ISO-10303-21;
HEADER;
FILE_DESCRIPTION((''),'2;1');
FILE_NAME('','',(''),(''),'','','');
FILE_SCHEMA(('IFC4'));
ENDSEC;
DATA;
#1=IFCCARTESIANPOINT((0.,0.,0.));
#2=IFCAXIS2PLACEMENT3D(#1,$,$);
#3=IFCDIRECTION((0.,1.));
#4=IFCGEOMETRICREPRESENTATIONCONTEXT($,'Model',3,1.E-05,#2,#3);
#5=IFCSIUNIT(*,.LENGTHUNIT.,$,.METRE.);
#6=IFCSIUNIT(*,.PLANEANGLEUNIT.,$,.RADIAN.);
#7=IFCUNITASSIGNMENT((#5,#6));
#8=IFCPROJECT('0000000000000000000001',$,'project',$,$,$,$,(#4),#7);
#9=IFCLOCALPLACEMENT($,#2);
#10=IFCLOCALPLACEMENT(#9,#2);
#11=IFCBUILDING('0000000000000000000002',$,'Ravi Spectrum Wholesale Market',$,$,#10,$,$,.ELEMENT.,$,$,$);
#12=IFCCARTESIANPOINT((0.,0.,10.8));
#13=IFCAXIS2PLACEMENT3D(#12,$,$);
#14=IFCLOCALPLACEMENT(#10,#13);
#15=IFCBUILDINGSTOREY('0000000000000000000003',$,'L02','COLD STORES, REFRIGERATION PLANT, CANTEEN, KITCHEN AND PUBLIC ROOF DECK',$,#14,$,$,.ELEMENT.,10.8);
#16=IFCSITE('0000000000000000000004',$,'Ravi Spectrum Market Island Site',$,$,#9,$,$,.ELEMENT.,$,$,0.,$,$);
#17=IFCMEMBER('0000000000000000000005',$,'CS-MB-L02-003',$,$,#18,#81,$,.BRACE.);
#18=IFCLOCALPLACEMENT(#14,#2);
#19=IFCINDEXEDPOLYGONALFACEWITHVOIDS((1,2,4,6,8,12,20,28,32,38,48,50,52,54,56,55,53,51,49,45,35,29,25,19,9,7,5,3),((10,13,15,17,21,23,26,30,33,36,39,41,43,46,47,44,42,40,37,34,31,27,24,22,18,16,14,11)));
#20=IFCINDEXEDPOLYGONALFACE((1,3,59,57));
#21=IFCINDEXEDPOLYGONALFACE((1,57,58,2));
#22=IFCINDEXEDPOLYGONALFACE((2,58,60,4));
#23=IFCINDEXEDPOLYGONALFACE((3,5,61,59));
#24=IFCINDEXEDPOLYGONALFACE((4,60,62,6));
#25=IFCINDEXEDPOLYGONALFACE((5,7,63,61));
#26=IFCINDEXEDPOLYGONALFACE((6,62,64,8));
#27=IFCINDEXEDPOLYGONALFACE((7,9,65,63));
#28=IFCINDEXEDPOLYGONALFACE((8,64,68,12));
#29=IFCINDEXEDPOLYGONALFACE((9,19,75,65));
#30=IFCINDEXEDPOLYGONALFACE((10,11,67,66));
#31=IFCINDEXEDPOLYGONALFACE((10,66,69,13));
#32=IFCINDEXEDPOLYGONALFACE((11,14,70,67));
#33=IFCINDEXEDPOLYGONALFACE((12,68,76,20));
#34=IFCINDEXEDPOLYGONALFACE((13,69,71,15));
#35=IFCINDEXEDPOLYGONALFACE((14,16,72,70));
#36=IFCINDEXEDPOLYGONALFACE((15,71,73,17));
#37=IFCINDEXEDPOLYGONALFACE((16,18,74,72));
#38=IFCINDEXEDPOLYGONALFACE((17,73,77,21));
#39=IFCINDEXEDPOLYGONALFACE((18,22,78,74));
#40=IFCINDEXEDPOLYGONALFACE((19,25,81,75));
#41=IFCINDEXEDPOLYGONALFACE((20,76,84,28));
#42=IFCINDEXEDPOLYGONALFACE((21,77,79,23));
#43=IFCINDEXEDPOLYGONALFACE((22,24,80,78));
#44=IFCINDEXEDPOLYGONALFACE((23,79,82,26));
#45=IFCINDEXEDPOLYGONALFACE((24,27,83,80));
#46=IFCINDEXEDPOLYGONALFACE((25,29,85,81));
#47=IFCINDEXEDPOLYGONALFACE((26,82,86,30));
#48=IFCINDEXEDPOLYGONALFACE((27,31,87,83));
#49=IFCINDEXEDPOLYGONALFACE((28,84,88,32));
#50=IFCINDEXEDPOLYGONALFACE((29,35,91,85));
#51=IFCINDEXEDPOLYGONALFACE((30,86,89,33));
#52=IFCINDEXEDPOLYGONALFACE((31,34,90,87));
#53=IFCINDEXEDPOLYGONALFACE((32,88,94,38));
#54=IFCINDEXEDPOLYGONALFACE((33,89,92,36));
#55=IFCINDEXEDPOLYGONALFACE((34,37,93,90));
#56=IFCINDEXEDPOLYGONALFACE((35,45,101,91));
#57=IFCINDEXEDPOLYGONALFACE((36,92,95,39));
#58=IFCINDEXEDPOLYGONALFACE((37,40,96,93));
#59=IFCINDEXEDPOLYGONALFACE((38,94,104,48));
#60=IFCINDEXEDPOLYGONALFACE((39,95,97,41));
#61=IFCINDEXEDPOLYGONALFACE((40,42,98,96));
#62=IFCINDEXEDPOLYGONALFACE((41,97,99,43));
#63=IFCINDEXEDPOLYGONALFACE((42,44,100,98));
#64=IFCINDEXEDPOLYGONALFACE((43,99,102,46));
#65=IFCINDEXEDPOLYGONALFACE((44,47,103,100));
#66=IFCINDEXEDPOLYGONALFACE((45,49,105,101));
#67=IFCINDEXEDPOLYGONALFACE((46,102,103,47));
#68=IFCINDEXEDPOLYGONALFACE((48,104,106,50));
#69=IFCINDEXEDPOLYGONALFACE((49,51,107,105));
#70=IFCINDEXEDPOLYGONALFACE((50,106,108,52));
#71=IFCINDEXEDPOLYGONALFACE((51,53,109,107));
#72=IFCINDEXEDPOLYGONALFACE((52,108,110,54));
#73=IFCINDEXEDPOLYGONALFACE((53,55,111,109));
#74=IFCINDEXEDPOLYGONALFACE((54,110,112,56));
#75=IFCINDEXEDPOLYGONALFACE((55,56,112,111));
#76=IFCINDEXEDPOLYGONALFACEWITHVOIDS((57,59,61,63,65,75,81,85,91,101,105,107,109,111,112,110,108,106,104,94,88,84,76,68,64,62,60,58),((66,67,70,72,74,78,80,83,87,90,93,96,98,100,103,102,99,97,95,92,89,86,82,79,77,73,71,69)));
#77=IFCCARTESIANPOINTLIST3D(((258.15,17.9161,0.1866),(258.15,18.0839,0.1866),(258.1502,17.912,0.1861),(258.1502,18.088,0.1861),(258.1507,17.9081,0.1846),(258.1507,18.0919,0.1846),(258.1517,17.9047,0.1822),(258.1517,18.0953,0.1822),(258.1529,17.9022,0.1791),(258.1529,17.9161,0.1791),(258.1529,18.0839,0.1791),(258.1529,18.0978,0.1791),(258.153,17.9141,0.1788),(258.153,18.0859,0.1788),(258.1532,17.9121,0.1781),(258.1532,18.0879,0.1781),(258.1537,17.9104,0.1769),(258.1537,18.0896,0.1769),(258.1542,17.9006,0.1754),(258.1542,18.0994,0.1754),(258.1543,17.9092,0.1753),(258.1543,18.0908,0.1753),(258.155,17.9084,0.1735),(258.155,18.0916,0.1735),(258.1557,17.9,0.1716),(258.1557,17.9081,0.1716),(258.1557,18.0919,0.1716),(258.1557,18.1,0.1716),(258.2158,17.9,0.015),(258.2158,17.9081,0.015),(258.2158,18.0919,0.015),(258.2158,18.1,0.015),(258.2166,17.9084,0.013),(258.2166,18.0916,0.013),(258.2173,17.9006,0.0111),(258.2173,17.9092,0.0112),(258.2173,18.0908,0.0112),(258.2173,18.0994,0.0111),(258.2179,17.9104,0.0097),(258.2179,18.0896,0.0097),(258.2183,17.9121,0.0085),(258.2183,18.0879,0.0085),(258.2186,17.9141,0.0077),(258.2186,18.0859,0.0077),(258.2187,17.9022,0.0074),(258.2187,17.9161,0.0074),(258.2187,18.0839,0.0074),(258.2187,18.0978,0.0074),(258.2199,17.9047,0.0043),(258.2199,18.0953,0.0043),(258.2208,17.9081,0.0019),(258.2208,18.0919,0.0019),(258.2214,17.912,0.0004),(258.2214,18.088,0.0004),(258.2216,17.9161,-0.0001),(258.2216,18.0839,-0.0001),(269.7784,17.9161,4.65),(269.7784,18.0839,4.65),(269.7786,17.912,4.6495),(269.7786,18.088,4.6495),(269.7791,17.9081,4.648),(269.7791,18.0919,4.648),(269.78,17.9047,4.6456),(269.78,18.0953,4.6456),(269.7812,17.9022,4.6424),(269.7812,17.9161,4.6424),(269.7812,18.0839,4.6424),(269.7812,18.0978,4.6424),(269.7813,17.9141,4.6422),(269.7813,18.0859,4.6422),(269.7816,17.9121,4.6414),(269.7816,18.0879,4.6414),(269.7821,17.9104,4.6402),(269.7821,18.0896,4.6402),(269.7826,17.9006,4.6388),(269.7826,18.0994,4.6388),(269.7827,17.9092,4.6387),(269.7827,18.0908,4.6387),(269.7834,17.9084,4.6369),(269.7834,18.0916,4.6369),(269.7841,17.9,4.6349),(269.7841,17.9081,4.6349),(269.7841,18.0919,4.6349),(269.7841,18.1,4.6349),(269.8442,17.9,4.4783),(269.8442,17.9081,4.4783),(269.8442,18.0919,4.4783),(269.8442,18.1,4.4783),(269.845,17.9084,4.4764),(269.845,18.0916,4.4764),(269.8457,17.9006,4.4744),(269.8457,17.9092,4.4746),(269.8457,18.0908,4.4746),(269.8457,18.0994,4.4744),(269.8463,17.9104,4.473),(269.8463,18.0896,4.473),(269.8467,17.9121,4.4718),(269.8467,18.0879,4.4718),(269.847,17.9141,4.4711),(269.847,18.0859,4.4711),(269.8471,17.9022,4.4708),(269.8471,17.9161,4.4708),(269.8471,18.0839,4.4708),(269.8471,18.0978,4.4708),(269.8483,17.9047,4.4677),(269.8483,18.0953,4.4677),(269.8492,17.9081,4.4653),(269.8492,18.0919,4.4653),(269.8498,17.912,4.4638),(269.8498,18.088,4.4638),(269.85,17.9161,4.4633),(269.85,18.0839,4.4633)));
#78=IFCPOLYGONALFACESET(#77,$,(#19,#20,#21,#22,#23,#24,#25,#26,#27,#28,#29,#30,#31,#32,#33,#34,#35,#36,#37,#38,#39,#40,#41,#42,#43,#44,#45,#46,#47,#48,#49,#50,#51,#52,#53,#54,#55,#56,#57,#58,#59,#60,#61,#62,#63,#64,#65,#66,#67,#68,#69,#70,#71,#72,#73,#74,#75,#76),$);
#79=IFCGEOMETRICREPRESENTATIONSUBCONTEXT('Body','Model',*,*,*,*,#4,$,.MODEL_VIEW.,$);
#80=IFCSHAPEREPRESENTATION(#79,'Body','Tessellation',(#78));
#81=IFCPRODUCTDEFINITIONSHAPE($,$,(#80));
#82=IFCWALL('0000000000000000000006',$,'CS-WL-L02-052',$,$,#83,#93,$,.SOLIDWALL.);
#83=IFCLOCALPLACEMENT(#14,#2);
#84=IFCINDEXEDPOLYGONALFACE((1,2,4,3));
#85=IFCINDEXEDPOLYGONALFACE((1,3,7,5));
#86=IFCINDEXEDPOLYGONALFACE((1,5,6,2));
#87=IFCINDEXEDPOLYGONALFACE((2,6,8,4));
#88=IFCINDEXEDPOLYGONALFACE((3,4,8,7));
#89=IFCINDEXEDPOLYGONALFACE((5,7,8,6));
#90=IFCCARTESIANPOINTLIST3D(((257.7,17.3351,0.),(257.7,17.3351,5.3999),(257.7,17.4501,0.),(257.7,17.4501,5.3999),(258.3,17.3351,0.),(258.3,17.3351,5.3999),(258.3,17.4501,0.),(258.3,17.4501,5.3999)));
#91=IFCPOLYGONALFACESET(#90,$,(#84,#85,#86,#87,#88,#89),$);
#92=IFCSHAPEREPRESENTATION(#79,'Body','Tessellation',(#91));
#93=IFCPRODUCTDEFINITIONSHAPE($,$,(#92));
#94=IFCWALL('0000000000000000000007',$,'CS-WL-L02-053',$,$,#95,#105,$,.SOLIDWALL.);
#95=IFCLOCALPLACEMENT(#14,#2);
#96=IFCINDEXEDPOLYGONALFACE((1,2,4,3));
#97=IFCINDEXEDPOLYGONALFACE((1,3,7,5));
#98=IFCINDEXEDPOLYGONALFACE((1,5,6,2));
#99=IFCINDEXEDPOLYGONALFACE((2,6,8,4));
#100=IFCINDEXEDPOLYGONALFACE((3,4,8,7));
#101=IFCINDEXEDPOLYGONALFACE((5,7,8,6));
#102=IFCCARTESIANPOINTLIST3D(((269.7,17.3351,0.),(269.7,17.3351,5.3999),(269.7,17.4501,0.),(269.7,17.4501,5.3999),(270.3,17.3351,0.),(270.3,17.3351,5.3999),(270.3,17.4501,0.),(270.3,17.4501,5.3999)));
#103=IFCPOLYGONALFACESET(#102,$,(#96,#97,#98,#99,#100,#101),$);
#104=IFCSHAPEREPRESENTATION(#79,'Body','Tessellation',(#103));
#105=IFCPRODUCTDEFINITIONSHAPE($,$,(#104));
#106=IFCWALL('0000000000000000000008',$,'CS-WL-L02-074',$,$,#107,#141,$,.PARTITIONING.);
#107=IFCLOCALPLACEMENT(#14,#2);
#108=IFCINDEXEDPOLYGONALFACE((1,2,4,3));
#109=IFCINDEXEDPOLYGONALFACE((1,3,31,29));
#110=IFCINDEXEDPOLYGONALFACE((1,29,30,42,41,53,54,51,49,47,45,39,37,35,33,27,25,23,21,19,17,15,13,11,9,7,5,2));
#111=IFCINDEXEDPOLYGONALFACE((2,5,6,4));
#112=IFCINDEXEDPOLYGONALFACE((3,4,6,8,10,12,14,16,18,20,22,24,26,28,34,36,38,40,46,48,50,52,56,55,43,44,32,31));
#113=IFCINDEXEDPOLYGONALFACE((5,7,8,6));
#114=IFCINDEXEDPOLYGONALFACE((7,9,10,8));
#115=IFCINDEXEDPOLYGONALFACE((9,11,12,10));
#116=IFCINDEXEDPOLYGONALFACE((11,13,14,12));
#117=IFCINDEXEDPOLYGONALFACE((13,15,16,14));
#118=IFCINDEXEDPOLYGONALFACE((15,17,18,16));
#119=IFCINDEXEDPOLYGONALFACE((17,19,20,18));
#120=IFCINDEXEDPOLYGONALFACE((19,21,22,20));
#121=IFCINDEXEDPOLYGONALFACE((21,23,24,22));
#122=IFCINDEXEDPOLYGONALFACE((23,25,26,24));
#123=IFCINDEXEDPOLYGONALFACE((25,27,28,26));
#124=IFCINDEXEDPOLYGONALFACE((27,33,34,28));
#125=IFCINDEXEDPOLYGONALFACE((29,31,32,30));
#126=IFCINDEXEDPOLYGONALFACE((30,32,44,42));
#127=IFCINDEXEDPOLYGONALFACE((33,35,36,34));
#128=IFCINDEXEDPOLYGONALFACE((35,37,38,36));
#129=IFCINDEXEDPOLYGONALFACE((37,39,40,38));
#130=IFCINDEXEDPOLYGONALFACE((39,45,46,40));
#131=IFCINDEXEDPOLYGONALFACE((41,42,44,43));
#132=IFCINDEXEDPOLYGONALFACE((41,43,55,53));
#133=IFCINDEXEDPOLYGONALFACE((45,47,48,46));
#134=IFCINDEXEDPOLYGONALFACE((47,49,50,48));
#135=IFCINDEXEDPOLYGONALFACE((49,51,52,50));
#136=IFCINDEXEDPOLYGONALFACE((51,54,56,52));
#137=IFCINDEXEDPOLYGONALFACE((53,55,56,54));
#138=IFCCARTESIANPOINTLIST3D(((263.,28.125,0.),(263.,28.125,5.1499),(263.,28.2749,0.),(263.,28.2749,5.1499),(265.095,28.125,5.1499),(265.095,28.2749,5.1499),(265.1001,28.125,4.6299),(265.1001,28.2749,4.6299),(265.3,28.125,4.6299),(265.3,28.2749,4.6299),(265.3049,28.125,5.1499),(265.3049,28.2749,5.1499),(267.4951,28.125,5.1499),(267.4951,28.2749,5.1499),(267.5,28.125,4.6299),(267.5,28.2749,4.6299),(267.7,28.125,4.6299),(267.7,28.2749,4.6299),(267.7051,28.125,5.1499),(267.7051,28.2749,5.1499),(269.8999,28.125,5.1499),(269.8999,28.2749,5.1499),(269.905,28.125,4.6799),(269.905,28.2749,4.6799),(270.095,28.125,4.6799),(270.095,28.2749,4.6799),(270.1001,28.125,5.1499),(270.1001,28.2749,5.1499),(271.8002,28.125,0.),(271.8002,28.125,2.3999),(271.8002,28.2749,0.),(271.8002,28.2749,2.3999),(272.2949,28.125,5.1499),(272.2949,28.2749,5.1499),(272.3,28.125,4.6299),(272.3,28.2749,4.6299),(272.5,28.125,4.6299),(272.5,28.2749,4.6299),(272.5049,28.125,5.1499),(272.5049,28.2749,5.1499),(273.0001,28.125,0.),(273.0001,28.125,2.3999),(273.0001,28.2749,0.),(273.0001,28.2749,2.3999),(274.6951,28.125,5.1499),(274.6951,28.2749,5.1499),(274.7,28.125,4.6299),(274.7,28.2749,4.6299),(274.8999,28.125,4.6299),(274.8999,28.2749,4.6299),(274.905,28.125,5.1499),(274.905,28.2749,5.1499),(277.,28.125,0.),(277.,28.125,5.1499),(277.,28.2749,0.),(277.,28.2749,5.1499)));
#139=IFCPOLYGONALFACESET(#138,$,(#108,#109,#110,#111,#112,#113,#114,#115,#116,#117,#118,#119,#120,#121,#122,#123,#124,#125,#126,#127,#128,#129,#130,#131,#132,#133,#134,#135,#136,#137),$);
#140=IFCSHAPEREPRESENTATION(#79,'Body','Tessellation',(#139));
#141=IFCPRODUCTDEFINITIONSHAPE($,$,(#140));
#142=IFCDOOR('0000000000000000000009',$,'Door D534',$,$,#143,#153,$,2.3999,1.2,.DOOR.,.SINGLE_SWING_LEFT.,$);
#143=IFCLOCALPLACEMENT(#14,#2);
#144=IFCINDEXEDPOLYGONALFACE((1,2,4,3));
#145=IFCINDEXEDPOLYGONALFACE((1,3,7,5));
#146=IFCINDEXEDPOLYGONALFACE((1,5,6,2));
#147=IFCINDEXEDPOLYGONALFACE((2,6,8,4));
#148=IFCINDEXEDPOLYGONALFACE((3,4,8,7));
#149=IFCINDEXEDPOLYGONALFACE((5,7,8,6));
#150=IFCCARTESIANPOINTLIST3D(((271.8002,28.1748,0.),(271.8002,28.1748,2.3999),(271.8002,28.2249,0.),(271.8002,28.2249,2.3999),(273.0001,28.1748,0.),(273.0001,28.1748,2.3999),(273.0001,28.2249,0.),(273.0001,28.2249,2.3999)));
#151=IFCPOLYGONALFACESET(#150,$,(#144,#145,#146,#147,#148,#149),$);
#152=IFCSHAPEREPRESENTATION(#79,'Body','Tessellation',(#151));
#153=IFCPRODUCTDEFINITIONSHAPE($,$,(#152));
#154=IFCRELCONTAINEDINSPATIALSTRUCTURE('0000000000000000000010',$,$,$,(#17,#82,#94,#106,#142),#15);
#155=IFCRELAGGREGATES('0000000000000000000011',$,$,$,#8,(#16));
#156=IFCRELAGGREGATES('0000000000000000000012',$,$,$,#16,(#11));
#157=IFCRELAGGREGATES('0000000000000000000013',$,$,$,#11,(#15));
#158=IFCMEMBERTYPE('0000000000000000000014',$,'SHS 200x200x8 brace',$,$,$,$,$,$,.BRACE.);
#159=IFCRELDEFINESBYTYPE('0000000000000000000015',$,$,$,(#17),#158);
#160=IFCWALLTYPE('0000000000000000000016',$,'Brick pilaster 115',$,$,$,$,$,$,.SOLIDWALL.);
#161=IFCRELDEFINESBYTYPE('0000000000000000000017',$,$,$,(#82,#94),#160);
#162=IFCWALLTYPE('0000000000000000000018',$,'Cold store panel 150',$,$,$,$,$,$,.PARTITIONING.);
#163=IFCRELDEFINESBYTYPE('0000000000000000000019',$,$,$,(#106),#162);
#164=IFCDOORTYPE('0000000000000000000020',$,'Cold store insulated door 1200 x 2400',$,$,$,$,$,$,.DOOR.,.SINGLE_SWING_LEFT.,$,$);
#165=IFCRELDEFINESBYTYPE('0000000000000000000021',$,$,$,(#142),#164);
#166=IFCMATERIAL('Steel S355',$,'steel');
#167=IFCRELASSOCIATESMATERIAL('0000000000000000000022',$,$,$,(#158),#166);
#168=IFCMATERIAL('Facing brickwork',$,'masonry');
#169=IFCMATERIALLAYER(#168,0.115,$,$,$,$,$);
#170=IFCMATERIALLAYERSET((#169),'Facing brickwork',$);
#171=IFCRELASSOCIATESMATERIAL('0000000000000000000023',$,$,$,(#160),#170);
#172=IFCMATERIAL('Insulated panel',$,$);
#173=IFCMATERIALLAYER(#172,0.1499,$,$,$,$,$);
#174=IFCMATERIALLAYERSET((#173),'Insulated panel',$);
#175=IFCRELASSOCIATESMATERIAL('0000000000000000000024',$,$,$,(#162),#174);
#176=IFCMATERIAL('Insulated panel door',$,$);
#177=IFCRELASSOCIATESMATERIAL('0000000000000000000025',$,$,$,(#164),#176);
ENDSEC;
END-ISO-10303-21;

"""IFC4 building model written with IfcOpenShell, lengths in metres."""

from ifc_helpers import new_model, si_unit, direction, frame, frame_2d, origin, origin_2d, place, context, subcontext, project, spatial, polyline, rectangle, hollow_rectangle, outline, extrude, material, layer, layer_set, material_profile, profile_set, type_object, element, fill, save


model = new_model("IFC4")

# Units and contexts
model_context = context("Model", 3, precision=1e-05, world=origin(), true_north=direction((0.0, 1.0)))
body_context = subcontext(model_context, "Body", "Model", "MODEL_VIEW")
ifc_project = project(units=[si_unit("LENGTHUNIT", "METRE"), si_unit("PLANEANGLEUNIT", "RADIAN")], contexts=[model_context])

# Site, building, storey
site_placement = place(None, origin())
site = spatial("IfcSite", under=ifc_project, at=site_placement, Name="Ravi Spectrum Market Island Site", CompositionType="ELEMENT", RefElevation=0.0)
building_placement = place(site_placement, origin())
building = spatial("IfcBuilding", under=site, at=building_placement, Name="Ravi Spectrum Wholesale Market", CompositionType="ELEMENT")
storey_placement = place(building_placement, frame((0.0, 0.0, 10.8)))
storey = spatial("IfcBuildingStorey", under=building, at=storey_placement, Name="L02", Description="COLD STORES, REFRIGERATION PLANT, CANTEEN, KITCHEN AND PUBLIC ROOF DECK", CompositionType="ELEMENT", Elevation=10.8)

# Member
ifc_material_1 = material(Name="Steel S355", Category="steel")
ifc_material_profile_1 = material_profile(ifc_material_1, hollow_rectangle(XDim=0.2, YDim=0.2, WallThickness=0.0081, InnerFilletRadius=0.0081, OuterFilletRadius=0.0161, at=origin_2d()))
ifc_profile_set_1 = profile_set([ifc_material_profile_1], Name="Steel S355")
member_type = type_object("IfcMemberType", Name="SHS 200x200x8 brace", PredefinedType="BRACE", material=ifc_profile_set_1)
member_placement = place(storey_placement, frame((258.1858, 18.0, 0.0933), z_axis=(0.93359, 0.0, 0.358343), x_axis=(0.0, 1.0, 0.0)))
element("IfcMember", 1, at=member_placement, inside=storey, type_object=member_type, Name="CS-MB-L02-003", PredefinedType="BRACE", context=body_context, shape_type="SweptSolid", body=[
    extrude(hollow_rectangle(XDim=0.2, YDim=0.2, WallThickness=0.0081, InnerFilletRadius=0.0081, OuterFilletRadius=0.0161, at=origin_2d()), origin(), (0.0, 0.0, 1.0), 12.4556),
])

# Walls
ifc_material_2 = material(Name="Facing brickwork", Category="masonry")
ifc_layer_1 = layer(ifc_material_2, 0.115)
ifc_layer_set_1 = layer_set([ifc_layer_1], Name="Facing brickwork")
wall_type_1 = type_object("IfcWallType", Name="Brick pilaster 115", PredefinedType="SOLIDWALL", material=ifc_layer_set_1)
for number, where, z_axis, x_axis, name in (
    (2, (257.7, 17.3926, 0.0), (0.0, 0.0, 1.0), (1.0, 0.0, 0.0), "CS-WL-L02-052"),
    (3, (269.7, 17.3926, 0.0), (0.0, 0.0, 1.0), (1.0, 0.0, 0.0), "CS-WL-L02-053"),
):
    element("IfcWall", number, at=place(storey_placement, frame(where, z_axis=z_axis, x_axis=x_axis)), inside=storey, type_object=wall_type_1, Name=name, PredefinedType="SOLIDWALL", context=body_context, shape_type="SweptSolid", body=[
        extrude(rectangle(XDim=0.6001, YDim=0.115, at=frame_2d((0.3, 0.0))), origin(), (0.0, 0.0, 1.0), 5.3999),
    ])

# Wall, opening, door
ifc_material_3 = material(Name="Insulated panel")
ifc_layer_2 = layer(ifc_material_3, 0.1499)
ifc_layer_set_2 = layer_set([ifc_layer_2], Name="Insulated panel")
wall_type_2 = type_object("IfcWallType", Name="Cold store panel 150", PredefinedType="PARTITIONING", material=ifc_layer_set_2)
wall_1_placement = place(storey_placement, frame((263.0, 28.2, 0.0), z_axis=(0.0, 0.0, 1.0), x_axis=(1.0, 0.0, 0.0)))
wall_1 = element("IfcWall", 4, at=wall_1_placement, inside=storey, type_object=wall_type_2, Name="CS-WL-L02-074", PredefinedType="PARTITIONING", context=body_context, shape_type="SweptSolid", body=[
    extrude(outline(polyline([(0.0, 0.0), (14.0, 0.0), (14.0, 5.1499), (11.905, 5.1499), (11.8999, 4.6299), (11.7, 4.6299), (11.6951, 5.1499), (9.5049, 5.1499), (9.5, 4.6299), (9.3, 4.6299), (9.2949, 5.1499), (7.1001, 5.1499), (7.095, 4.6799), (6.905, 4.6799), (6.8999, 5.1499), (4.7051, 5.1499), (4.7, 4.6299), (4.5, 4.6299), (4.4951, 5.1499), (2.3049, 5.1499), (2.3, 4.6299), (2.1001, 4.6299), (2.095, 5.1499), (0.0, 5.1499), (0.0, 0.0)])), frame((0.0, 0.075, 0.0), z_axis=(0.0, -1.0, 0.0), x_axis=(1.0, 0.0, 0.0)), (0.0, 0.0, 1.0), 0.1499),
])
opening_placement = place(wall_1_placement, frame((8.8, 0.0, 0.0)))
opening = element("IfcOpeningElement", 5, at=opening_placement, cuts=wall_1, PredefinedType="OPENING", context=body_context, shape_type="SweptSolid", body=[
    extrude(rectangle(XDim=1.2, YDim=2.3999, at=frame_2d((0.6001, 1.2))), frame((0.0, 0.085, 0.0), z_axis=(0.0, -1.0, 0.0), x_axis=(1.0, 0.0, 0.0)), (0.0, 0.0, 1.0), 0.1699),
])
ifc_material_4 = material(Name="Insulated panel door")
door_type = type_object("IfcDoorType", Name="Cold store insulated door 1200 x 2400", OperationType="SINGLE_SWING_LEFT", PredefinedType="DOOR", material=ifc_material_4)
door_placement = place(opening_placement, origin())
door = element("IfcDoor", 6, at=door_placement, inside=storey, type_object=door_type, Name="Door D534", OperationType="SINGLE_SWING_LEFT", OverallHeight=2.3999, OverallWidth=1.2, PredefinedType="DOOR", context=body_context, shape_type="SweptSolid", body=[
    extrude(rectangle(XDim=1.2, YDim=2.3999, at=frame_2d((0.6001, 1.2))), frame((0.0, 0.0249, 0.0), z_axis=(0.0, -1.0, 0.0), x_axis=(1.0, 0.0, 0.0)), (0.0, 0.0, 1.0), 0.05),
])
fill(opening, door)

save(model, "model.ifc")
